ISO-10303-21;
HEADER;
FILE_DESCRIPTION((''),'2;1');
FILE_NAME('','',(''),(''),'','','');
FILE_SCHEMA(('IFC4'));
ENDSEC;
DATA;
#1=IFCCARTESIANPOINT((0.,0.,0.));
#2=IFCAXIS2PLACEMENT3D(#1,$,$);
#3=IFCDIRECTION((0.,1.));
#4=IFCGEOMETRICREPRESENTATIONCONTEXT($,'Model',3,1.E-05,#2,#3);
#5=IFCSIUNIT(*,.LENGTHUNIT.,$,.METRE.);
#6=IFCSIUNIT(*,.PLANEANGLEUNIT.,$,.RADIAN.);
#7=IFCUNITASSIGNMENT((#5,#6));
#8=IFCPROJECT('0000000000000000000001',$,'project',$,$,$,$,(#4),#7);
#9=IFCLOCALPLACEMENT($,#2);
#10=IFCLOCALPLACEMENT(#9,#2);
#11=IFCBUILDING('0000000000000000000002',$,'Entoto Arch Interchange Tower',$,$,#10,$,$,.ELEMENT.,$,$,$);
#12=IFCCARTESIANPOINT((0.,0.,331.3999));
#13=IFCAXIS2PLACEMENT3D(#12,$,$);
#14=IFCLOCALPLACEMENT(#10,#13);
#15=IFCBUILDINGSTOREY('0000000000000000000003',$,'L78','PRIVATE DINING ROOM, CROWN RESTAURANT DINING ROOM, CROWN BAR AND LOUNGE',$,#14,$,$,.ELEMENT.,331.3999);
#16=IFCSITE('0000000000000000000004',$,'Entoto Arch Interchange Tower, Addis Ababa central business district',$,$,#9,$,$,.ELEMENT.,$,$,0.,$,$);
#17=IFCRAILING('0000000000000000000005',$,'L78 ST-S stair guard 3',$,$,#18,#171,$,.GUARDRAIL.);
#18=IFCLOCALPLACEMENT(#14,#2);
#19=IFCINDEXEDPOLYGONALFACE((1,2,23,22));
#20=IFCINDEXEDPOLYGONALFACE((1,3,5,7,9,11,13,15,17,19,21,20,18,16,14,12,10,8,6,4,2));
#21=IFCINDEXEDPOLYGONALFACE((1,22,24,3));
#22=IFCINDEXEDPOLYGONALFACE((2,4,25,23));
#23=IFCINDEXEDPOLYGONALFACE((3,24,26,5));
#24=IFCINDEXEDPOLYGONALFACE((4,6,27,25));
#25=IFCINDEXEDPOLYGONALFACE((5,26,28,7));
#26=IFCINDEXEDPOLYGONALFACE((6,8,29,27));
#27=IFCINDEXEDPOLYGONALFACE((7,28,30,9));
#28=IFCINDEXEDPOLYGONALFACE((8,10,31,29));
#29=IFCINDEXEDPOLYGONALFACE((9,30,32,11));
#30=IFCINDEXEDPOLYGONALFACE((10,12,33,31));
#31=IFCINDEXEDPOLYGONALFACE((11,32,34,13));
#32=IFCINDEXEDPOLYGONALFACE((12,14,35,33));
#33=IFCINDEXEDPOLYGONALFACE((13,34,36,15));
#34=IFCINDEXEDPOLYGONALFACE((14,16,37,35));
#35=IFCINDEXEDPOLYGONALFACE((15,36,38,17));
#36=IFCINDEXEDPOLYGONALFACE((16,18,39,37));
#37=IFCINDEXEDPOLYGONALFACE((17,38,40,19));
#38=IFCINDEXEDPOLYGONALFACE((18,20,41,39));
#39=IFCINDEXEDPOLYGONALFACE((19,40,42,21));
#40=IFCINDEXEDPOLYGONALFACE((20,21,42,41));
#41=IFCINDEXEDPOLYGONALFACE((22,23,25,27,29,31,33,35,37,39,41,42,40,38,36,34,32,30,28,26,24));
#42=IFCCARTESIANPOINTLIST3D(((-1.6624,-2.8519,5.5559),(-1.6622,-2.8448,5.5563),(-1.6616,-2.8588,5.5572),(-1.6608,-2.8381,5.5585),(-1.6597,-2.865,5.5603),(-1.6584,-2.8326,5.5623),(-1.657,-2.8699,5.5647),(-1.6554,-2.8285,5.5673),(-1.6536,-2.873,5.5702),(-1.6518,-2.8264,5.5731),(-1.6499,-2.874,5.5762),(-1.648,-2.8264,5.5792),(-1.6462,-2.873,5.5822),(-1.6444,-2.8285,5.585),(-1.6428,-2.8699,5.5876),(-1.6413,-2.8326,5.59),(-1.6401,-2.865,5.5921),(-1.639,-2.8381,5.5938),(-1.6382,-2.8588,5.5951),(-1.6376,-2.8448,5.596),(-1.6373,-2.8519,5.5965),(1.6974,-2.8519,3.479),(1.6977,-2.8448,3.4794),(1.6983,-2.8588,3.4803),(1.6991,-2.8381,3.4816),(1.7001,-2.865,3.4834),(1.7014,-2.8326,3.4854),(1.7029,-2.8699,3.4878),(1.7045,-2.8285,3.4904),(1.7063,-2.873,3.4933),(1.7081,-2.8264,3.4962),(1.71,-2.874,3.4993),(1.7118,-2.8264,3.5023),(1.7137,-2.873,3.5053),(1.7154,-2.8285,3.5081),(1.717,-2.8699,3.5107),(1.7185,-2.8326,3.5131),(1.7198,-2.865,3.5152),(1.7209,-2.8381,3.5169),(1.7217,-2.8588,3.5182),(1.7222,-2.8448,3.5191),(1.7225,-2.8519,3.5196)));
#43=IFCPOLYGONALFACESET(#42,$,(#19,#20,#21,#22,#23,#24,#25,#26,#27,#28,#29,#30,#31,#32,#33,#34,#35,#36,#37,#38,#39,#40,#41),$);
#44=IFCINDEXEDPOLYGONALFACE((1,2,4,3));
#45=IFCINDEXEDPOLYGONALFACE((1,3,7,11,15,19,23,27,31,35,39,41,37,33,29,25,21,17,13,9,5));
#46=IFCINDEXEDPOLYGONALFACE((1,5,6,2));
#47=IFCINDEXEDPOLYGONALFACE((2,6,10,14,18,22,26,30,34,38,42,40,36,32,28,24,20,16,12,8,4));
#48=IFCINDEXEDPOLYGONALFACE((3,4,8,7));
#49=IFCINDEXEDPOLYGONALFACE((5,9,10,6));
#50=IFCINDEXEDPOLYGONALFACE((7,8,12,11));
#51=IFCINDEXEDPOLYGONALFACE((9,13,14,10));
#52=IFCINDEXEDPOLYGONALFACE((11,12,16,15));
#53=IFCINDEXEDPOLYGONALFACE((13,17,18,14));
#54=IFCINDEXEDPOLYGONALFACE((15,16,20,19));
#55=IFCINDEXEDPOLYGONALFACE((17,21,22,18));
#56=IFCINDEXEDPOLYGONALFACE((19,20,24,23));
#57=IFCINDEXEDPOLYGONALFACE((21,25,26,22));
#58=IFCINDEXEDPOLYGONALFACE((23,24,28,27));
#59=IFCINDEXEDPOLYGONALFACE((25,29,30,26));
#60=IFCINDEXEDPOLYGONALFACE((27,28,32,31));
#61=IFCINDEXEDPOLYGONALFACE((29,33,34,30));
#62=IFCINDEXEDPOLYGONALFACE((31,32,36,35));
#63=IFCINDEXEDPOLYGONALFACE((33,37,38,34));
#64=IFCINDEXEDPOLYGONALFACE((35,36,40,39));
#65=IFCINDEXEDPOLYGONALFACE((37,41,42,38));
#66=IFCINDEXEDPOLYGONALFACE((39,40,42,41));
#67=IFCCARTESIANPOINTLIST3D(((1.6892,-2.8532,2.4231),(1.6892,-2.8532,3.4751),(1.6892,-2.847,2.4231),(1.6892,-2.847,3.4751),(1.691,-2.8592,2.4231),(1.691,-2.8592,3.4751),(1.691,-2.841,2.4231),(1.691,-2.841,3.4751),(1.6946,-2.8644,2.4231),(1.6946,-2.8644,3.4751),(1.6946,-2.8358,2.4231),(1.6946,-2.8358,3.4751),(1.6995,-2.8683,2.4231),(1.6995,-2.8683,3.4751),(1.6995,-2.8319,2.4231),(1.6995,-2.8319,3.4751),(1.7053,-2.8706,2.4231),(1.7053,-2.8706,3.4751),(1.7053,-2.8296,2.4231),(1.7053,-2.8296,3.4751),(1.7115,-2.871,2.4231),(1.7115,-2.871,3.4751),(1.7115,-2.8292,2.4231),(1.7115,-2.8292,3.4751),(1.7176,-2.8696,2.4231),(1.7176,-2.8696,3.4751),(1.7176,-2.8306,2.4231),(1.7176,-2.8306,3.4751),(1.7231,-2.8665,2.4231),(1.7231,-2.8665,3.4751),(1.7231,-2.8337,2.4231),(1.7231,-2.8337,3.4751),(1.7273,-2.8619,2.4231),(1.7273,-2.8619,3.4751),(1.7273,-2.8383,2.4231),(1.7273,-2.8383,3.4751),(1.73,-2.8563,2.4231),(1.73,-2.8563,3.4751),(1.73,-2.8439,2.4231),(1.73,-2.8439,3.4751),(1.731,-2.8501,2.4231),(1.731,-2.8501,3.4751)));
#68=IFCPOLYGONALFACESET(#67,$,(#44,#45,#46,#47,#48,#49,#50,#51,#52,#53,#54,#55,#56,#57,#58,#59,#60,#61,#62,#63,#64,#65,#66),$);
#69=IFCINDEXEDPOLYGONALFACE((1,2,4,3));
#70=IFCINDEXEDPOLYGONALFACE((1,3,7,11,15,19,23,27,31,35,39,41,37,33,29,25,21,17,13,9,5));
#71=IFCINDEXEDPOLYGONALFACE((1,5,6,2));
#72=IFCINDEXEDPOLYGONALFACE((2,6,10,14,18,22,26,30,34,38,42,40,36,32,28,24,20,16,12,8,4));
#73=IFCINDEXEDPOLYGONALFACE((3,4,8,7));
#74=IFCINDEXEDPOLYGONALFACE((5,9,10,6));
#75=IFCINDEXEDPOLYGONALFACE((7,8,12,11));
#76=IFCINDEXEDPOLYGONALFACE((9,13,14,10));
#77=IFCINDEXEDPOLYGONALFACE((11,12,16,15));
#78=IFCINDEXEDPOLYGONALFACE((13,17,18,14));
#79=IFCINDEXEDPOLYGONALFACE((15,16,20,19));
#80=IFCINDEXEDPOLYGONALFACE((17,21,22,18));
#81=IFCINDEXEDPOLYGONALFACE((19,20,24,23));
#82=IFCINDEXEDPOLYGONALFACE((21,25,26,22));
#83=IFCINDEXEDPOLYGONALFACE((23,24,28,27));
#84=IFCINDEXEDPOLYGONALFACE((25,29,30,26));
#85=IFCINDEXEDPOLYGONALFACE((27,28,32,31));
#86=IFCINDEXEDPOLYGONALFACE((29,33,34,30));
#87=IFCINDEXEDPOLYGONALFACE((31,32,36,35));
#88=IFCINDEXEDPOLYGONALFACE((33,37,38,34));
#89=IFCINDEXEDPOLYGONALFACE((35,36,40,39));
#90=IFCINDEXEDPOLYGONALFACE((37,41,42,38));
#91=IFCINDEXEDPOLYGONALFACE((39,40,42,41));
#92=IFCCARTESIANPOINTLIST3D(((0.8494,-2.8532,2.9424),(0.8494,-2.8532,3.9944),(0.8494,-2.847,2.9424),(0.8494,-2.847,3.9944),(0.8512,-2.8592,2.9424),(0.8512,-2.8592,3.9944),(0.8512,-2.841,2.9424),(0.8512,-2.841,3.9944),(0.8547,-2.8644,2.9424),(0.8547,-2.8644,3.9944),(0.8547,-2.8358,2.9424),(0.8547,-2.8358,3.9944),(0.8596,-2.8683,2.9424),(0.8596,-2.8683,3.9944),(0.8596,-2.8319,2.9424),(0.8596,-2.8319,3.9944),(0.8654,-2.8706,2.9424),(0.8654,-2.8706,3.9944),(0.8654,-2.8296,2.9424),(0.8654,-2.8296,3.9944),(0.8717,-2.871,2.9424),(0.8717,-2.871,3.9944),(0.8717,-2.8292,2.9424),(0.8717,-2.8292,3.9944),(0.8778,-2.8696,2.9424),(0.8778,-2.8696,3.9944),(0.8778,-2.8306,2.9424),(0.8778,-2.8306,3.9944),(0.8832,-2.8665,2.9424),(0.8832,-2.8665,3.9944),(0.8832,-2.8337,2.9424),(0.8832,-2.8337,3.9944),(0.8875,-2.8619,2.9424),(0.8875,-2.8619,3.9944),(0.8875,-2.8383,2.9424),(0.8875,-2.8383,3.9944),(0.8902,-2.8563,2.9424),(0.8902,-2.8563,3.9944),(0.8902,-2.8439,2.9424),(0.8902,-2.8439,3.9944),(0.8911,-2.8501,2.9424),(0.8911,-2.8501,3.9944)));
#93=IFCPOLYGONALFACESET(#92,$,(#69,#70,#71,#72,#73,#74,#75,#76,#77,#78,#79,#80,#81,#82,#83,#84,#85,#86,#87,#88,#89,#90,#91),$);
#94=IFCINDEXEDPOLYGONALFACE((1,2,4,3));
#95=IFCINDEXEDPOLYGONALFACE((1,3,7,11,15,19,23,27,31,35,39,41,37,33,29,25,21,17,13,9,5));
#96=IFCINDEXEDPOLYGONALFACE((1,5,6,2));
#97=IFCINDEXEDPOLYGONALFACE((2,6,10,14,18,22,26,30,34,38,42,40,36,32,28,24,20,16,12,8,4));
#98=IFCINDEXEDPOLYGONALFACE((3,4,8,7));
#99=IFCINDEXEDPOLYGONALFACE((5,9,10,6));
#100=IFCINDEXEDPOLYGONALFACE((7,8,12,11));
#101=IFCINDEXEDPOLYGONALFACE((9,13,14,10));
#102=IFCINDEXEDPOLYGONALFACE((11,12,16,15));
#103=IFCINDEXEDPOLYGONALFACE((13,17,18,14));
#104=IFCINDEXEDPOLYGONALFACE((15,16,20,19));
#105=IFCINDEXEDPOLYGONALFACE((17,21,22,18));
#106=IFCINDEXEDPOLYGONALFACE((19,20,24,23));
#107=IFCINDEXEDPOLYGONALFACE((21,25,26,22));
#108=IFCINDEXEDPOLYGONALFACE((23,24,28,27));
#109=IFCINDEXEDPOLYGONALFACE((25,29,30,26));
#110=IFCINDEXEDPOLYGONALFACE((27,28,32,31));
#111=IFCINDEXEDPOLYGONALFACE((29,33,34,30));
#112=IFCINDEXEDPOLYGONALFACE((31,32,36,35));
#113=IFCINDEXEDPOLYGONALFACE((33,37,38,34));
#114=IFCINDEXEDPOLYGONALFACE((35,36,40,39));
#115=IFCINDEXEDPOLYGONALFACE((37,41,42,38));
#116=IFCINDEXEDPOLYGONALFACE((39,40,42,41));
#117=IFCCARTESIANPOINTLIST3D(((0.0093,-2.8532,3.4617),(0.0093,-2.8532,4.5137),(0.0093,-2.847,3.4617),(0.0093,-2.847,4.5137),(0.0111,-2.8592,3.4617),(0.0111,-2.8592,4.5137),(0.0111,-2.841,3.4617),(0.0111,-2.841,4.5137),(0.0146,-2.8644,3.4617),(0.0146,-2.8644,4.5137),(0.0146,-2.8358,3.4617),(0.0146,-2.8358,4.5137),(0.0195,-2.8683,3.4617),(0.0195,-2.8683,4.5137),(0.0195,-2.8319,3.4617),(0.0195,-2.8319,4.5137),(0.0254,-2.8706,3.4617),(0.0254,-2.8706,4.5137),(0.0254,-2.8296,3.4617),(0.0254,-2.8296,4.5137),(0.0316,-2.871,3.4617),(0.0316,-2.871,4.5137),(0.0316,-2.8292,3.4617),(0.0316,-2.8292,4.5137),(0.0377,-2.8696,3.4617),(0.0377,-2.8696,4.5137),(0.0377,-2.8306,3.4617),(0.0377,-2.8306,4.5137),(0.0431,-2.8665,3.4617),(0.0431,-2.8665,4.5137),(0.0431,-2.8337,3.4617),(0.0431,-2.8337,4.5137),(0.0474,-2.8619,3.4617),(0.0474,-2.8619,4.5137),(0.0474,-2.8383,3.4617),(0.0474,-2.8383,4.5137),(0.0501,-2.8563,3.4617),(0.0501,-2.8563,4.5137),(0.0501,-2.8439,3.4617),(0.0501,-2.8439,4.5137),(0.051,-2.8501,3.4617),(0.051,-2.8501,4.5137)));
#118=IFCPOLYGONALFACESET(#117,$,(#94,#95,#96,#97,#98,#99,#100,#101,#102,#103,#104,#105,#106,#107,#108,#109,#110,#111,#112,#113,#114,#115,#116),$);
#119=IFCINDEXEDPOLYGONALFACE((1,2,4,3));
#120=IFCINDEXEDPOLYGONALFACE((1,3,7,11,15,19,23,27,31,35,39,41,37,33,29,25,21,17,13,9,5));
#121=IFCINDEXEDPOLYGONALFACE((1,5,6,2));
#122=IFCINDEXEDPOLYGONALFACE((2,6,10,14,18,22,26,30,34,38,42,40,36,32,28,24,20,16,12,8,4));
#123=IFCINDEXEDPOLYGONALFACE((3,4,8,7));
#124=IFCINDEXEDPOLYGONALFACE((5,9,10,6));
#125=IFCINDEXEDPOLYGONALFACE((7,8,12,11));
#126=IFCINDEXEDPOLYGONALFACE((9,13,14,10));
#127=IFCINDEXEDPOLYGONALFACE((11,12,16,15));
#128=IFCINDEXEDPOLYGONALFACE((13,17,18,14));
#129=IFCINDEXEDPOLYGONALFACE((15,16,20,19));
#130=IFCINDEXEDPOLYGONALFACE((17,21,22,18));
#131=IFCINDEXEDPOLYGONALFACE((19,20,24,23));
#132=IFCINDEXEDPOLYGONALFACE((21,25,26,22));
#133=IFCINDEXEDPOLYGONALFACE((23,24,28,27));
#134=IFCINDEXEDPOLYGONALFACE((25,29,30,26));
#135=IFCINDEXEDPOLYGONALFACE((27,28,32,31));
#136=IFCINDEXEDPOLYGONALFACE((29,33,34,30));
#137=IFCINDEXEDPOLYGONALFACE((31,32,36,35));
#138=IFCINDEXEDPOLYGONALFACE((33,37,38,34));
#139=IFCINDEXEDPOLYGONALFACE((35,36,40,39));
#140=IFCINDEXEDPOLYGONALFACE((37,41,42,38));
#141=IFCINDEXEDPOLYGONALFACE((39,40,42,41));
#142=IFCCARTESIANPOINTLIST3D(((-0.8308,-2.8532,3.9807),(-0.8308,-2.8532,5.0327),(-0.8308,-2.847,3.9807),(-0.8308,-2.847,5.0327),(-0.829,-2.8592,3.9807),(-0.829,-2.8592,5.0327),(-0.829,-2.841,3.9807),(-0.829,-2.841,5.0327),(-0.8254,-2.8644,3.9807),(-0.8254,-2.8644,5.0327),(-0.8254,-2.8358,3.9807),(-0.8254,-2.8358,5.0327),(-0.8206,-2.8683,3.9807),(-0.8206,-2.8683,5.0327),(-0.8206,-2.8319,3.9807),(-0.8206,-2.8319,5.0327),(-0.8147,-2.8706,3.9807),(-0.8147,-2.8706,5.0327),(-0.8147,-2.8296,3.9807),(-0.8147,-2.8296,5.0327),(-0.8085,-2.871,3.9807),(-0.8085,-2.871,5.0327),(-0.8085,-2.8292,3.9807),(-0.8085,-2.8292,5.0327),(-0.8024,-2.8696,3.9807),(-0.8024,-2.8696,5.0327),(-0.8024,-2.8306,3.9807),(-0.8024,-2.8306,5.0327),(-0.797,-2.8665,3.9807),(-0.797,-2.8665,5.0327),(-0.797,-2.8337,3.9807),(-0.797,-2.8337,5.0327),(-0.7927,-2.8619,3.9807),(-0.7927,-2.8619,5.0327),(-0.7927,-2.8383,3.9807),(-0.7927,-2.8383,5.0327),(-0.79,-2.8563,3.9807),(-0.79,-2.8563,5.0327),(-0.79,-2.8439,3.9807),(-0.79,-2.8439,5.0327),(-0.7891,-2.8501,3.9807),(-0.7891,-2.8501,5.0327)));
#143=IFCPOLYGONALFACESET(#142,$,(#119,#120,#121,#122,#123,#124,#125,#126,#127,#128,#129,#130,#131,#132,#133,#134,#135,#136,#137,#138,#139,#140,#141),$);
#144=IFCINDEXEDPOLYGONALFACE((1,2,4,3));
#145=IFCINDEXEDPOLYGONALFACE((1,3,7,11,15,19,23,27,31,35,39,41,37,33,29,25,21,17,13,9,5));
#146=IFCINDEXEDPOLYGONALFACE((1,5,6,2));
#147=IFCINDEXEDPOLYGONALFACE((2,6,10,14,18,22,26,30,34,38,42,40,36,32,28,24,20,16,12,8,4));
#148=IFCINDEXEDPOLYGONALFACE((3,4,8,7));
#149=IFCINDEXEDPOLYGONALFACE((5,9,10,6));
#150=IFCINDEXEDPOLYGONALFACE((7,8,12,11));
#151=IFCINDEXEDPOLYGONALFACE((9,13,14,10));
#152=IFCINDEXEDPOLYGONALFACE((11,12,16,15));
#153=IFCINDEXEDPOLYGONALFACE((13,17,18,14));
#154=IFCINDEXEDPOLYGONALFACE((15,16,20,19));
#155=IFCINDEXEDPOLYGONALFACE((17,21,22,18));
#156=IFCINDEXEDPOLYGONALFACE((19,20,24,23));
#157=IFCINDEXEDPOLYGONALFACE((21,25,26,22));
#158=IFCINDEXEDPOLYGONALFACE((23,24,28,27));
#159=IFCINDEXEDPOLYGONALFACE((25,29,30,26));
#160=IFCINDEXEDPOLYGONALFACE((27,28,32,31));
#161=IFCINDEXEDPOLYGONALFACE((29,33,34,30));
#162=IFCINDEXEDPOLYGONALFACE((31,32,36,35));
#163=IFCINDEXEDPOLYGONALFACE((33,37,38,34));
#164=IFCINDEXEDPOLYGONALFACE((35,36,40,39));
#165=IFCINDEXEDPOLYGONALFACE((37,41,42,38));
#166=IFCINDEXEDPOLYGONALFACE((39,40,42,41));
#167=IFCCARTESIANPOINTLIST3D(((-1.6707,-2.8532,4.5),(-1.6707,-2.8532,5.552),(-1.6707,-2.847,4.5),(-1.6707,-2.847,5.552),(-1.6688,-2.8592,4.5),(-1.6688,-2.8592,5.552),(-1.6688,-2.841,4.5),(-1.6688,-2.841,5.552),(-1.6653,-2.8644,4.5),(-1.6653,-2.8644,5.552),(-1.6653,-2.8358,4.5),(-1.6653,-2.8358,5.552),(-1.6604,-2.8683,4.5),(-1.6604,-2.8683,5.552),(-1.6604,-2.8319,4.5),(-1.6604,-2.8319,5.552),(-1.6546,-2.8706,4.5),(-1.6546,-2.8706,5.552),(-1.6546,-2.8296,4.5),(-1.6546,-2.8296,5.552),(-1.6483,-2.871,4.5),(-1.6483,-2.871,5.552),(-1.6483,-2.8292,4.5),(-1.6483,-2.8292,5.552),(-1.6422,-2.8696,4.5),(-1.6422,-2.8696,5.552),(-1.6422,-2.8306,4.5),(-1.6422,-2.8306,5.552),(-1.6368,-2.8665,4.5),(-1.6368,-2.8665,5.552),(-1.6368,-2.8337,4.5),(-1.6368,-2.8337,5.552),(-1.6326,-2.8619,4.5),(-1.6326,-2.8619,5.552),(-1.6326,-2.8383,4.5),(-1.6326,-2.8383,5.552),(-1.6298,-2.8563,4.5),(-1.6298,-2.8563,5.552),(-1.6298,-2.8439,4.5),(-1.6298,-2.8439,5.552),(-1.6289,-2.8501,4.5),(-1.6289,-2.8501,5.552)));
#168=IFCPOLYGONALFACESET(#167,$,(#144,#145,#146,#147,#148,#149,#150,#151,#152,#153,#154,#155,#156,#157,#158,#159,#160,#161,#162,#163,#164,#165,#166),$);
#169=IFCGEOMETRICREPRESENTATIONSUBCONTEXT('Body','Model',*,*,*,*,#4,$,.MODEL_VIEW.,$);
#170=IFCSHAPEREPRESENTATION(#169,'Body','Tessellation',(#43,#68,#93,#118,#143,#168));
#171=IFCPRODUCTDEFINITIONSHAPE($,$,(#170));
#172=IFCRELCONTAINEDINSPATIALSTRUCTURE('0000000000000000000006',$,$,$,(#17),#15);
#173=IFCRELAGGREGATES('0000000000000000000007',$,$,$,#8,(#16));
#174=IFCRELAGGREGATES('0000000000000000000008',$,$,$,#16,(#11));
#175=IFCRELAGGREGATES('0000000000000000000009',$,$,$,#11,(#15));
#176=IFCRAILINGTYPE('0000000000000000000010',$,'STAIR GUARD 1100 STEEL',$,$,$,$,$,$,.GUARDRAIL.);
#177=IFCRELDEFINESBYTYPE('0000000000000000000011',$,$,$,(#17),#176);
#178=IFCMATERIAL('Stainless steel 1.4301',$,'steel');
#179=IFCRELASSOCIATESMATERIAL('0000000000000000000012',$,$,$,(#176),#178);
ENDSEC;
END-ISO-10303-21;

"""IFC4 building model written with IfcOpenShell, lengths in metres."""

from ifc_helpers import new_model, si_unit, direction, frame, origin, origin_2d, place, context, subcontext, project, spatial, circle, extrude, material, type_object, element, save


model = new_model("IFC4")

# Units and contexts
model_context = context("Model", 3, precision=1e-05, world=origin(), true_north=direction((0.0, 1.0)))
body_context = subcontext(model_context, "Body", "Model", "MODEL_VIEW")
ifc_project = project(units=[si_unit("LENGTHUNIT", "METRE"), si_unit("PLANEANGLEUNIT", "RADIAN")], contexts=[model_context])

# Site, building, storey
site_placement = place(None, origin())
site = spatial("IfcSite", under=ifc_project, at=site_placement, Name="Entoto Arch Interchange Tower, Addis Ababa central business district", CompositionType="ELEMENT", RefElevation=0.0)
building_placement = place(site_placement, origin())
building = spatial("IfcBuilding", under=site, at=building_placement, Name="Entoto Arch Interchange Tower", CompositionType="ELEMENT")
storey_placement = place(building_placement, frame((0.0, 0.0, 331.3999)))
storey = spatial("IfcBuildingStorey", under=building, at=storey_placement, Name="L78", Description="PRIVATE DINING ROOM, CROWN RESTAURANT DINING ROOM, CROWN BAR AND LOUNGE", CompositionType="ELEMENT", Elevation=331.3999)

# Railing
ifc_material_1 = material(Name="Stainless steel 1.4301", Category="steel")
railing_type_1 = type_object("IfcRailingType", Name="STAIR GUARD 1100 STEEL", PredefinedType="GUARDRAIL", material=ifc_material_1)
railing_1_placement = place(storey_placement, frame((1.71, -2.8501, 2.4231)))
element("IfcRailing", 1, at=railing_1_placement, inside=storey, type_object=railing_type_1, Name="L78 ST-S stair guard 3", PredefinedType="GUARDRAIL", context=body_context, shape_type="SweptSolid", body=[
    extrude(circle(Radius=0.0239, at=origin_2d()), frame((0.0, 0.0, 1.0762), z_axis=(-0.850606, 0.0, 0.525803), x_axis=(0.0, -1.0, 0.0)), (0.0, 0.0, 1.0), 3.95),
    extrude(circle(Radius=0.021, at=origin_2d()), origin(), (0.0, 0.0, 1.0), 1.052),
    extrude(circle(Radius=0.021, at=origin_2d()), frame((-0.8398, 0.0, 0.5193)), (0.0, 0.0, 1.0), 1.052),
    extrude(circle(Radius=0.021, at=origin_2d()), frame((-1.6799, 0.0, 1.0386)), (0.0, 0.0, 1.0), 1.052),
    extrude(circle(Radius=0.021, at=origin_2d()), frame((-2.52, 0.0, 1.5576)), (0.0, 0.0, 1.0), 1.052),
    extrude(circle(Radius=0.021, at=origin_2d()), frame((-3.3599, 0.0, 2.0769)), (0.0, 0.0, 1.0), 1.052),
])

save(model, "model.ifc")
